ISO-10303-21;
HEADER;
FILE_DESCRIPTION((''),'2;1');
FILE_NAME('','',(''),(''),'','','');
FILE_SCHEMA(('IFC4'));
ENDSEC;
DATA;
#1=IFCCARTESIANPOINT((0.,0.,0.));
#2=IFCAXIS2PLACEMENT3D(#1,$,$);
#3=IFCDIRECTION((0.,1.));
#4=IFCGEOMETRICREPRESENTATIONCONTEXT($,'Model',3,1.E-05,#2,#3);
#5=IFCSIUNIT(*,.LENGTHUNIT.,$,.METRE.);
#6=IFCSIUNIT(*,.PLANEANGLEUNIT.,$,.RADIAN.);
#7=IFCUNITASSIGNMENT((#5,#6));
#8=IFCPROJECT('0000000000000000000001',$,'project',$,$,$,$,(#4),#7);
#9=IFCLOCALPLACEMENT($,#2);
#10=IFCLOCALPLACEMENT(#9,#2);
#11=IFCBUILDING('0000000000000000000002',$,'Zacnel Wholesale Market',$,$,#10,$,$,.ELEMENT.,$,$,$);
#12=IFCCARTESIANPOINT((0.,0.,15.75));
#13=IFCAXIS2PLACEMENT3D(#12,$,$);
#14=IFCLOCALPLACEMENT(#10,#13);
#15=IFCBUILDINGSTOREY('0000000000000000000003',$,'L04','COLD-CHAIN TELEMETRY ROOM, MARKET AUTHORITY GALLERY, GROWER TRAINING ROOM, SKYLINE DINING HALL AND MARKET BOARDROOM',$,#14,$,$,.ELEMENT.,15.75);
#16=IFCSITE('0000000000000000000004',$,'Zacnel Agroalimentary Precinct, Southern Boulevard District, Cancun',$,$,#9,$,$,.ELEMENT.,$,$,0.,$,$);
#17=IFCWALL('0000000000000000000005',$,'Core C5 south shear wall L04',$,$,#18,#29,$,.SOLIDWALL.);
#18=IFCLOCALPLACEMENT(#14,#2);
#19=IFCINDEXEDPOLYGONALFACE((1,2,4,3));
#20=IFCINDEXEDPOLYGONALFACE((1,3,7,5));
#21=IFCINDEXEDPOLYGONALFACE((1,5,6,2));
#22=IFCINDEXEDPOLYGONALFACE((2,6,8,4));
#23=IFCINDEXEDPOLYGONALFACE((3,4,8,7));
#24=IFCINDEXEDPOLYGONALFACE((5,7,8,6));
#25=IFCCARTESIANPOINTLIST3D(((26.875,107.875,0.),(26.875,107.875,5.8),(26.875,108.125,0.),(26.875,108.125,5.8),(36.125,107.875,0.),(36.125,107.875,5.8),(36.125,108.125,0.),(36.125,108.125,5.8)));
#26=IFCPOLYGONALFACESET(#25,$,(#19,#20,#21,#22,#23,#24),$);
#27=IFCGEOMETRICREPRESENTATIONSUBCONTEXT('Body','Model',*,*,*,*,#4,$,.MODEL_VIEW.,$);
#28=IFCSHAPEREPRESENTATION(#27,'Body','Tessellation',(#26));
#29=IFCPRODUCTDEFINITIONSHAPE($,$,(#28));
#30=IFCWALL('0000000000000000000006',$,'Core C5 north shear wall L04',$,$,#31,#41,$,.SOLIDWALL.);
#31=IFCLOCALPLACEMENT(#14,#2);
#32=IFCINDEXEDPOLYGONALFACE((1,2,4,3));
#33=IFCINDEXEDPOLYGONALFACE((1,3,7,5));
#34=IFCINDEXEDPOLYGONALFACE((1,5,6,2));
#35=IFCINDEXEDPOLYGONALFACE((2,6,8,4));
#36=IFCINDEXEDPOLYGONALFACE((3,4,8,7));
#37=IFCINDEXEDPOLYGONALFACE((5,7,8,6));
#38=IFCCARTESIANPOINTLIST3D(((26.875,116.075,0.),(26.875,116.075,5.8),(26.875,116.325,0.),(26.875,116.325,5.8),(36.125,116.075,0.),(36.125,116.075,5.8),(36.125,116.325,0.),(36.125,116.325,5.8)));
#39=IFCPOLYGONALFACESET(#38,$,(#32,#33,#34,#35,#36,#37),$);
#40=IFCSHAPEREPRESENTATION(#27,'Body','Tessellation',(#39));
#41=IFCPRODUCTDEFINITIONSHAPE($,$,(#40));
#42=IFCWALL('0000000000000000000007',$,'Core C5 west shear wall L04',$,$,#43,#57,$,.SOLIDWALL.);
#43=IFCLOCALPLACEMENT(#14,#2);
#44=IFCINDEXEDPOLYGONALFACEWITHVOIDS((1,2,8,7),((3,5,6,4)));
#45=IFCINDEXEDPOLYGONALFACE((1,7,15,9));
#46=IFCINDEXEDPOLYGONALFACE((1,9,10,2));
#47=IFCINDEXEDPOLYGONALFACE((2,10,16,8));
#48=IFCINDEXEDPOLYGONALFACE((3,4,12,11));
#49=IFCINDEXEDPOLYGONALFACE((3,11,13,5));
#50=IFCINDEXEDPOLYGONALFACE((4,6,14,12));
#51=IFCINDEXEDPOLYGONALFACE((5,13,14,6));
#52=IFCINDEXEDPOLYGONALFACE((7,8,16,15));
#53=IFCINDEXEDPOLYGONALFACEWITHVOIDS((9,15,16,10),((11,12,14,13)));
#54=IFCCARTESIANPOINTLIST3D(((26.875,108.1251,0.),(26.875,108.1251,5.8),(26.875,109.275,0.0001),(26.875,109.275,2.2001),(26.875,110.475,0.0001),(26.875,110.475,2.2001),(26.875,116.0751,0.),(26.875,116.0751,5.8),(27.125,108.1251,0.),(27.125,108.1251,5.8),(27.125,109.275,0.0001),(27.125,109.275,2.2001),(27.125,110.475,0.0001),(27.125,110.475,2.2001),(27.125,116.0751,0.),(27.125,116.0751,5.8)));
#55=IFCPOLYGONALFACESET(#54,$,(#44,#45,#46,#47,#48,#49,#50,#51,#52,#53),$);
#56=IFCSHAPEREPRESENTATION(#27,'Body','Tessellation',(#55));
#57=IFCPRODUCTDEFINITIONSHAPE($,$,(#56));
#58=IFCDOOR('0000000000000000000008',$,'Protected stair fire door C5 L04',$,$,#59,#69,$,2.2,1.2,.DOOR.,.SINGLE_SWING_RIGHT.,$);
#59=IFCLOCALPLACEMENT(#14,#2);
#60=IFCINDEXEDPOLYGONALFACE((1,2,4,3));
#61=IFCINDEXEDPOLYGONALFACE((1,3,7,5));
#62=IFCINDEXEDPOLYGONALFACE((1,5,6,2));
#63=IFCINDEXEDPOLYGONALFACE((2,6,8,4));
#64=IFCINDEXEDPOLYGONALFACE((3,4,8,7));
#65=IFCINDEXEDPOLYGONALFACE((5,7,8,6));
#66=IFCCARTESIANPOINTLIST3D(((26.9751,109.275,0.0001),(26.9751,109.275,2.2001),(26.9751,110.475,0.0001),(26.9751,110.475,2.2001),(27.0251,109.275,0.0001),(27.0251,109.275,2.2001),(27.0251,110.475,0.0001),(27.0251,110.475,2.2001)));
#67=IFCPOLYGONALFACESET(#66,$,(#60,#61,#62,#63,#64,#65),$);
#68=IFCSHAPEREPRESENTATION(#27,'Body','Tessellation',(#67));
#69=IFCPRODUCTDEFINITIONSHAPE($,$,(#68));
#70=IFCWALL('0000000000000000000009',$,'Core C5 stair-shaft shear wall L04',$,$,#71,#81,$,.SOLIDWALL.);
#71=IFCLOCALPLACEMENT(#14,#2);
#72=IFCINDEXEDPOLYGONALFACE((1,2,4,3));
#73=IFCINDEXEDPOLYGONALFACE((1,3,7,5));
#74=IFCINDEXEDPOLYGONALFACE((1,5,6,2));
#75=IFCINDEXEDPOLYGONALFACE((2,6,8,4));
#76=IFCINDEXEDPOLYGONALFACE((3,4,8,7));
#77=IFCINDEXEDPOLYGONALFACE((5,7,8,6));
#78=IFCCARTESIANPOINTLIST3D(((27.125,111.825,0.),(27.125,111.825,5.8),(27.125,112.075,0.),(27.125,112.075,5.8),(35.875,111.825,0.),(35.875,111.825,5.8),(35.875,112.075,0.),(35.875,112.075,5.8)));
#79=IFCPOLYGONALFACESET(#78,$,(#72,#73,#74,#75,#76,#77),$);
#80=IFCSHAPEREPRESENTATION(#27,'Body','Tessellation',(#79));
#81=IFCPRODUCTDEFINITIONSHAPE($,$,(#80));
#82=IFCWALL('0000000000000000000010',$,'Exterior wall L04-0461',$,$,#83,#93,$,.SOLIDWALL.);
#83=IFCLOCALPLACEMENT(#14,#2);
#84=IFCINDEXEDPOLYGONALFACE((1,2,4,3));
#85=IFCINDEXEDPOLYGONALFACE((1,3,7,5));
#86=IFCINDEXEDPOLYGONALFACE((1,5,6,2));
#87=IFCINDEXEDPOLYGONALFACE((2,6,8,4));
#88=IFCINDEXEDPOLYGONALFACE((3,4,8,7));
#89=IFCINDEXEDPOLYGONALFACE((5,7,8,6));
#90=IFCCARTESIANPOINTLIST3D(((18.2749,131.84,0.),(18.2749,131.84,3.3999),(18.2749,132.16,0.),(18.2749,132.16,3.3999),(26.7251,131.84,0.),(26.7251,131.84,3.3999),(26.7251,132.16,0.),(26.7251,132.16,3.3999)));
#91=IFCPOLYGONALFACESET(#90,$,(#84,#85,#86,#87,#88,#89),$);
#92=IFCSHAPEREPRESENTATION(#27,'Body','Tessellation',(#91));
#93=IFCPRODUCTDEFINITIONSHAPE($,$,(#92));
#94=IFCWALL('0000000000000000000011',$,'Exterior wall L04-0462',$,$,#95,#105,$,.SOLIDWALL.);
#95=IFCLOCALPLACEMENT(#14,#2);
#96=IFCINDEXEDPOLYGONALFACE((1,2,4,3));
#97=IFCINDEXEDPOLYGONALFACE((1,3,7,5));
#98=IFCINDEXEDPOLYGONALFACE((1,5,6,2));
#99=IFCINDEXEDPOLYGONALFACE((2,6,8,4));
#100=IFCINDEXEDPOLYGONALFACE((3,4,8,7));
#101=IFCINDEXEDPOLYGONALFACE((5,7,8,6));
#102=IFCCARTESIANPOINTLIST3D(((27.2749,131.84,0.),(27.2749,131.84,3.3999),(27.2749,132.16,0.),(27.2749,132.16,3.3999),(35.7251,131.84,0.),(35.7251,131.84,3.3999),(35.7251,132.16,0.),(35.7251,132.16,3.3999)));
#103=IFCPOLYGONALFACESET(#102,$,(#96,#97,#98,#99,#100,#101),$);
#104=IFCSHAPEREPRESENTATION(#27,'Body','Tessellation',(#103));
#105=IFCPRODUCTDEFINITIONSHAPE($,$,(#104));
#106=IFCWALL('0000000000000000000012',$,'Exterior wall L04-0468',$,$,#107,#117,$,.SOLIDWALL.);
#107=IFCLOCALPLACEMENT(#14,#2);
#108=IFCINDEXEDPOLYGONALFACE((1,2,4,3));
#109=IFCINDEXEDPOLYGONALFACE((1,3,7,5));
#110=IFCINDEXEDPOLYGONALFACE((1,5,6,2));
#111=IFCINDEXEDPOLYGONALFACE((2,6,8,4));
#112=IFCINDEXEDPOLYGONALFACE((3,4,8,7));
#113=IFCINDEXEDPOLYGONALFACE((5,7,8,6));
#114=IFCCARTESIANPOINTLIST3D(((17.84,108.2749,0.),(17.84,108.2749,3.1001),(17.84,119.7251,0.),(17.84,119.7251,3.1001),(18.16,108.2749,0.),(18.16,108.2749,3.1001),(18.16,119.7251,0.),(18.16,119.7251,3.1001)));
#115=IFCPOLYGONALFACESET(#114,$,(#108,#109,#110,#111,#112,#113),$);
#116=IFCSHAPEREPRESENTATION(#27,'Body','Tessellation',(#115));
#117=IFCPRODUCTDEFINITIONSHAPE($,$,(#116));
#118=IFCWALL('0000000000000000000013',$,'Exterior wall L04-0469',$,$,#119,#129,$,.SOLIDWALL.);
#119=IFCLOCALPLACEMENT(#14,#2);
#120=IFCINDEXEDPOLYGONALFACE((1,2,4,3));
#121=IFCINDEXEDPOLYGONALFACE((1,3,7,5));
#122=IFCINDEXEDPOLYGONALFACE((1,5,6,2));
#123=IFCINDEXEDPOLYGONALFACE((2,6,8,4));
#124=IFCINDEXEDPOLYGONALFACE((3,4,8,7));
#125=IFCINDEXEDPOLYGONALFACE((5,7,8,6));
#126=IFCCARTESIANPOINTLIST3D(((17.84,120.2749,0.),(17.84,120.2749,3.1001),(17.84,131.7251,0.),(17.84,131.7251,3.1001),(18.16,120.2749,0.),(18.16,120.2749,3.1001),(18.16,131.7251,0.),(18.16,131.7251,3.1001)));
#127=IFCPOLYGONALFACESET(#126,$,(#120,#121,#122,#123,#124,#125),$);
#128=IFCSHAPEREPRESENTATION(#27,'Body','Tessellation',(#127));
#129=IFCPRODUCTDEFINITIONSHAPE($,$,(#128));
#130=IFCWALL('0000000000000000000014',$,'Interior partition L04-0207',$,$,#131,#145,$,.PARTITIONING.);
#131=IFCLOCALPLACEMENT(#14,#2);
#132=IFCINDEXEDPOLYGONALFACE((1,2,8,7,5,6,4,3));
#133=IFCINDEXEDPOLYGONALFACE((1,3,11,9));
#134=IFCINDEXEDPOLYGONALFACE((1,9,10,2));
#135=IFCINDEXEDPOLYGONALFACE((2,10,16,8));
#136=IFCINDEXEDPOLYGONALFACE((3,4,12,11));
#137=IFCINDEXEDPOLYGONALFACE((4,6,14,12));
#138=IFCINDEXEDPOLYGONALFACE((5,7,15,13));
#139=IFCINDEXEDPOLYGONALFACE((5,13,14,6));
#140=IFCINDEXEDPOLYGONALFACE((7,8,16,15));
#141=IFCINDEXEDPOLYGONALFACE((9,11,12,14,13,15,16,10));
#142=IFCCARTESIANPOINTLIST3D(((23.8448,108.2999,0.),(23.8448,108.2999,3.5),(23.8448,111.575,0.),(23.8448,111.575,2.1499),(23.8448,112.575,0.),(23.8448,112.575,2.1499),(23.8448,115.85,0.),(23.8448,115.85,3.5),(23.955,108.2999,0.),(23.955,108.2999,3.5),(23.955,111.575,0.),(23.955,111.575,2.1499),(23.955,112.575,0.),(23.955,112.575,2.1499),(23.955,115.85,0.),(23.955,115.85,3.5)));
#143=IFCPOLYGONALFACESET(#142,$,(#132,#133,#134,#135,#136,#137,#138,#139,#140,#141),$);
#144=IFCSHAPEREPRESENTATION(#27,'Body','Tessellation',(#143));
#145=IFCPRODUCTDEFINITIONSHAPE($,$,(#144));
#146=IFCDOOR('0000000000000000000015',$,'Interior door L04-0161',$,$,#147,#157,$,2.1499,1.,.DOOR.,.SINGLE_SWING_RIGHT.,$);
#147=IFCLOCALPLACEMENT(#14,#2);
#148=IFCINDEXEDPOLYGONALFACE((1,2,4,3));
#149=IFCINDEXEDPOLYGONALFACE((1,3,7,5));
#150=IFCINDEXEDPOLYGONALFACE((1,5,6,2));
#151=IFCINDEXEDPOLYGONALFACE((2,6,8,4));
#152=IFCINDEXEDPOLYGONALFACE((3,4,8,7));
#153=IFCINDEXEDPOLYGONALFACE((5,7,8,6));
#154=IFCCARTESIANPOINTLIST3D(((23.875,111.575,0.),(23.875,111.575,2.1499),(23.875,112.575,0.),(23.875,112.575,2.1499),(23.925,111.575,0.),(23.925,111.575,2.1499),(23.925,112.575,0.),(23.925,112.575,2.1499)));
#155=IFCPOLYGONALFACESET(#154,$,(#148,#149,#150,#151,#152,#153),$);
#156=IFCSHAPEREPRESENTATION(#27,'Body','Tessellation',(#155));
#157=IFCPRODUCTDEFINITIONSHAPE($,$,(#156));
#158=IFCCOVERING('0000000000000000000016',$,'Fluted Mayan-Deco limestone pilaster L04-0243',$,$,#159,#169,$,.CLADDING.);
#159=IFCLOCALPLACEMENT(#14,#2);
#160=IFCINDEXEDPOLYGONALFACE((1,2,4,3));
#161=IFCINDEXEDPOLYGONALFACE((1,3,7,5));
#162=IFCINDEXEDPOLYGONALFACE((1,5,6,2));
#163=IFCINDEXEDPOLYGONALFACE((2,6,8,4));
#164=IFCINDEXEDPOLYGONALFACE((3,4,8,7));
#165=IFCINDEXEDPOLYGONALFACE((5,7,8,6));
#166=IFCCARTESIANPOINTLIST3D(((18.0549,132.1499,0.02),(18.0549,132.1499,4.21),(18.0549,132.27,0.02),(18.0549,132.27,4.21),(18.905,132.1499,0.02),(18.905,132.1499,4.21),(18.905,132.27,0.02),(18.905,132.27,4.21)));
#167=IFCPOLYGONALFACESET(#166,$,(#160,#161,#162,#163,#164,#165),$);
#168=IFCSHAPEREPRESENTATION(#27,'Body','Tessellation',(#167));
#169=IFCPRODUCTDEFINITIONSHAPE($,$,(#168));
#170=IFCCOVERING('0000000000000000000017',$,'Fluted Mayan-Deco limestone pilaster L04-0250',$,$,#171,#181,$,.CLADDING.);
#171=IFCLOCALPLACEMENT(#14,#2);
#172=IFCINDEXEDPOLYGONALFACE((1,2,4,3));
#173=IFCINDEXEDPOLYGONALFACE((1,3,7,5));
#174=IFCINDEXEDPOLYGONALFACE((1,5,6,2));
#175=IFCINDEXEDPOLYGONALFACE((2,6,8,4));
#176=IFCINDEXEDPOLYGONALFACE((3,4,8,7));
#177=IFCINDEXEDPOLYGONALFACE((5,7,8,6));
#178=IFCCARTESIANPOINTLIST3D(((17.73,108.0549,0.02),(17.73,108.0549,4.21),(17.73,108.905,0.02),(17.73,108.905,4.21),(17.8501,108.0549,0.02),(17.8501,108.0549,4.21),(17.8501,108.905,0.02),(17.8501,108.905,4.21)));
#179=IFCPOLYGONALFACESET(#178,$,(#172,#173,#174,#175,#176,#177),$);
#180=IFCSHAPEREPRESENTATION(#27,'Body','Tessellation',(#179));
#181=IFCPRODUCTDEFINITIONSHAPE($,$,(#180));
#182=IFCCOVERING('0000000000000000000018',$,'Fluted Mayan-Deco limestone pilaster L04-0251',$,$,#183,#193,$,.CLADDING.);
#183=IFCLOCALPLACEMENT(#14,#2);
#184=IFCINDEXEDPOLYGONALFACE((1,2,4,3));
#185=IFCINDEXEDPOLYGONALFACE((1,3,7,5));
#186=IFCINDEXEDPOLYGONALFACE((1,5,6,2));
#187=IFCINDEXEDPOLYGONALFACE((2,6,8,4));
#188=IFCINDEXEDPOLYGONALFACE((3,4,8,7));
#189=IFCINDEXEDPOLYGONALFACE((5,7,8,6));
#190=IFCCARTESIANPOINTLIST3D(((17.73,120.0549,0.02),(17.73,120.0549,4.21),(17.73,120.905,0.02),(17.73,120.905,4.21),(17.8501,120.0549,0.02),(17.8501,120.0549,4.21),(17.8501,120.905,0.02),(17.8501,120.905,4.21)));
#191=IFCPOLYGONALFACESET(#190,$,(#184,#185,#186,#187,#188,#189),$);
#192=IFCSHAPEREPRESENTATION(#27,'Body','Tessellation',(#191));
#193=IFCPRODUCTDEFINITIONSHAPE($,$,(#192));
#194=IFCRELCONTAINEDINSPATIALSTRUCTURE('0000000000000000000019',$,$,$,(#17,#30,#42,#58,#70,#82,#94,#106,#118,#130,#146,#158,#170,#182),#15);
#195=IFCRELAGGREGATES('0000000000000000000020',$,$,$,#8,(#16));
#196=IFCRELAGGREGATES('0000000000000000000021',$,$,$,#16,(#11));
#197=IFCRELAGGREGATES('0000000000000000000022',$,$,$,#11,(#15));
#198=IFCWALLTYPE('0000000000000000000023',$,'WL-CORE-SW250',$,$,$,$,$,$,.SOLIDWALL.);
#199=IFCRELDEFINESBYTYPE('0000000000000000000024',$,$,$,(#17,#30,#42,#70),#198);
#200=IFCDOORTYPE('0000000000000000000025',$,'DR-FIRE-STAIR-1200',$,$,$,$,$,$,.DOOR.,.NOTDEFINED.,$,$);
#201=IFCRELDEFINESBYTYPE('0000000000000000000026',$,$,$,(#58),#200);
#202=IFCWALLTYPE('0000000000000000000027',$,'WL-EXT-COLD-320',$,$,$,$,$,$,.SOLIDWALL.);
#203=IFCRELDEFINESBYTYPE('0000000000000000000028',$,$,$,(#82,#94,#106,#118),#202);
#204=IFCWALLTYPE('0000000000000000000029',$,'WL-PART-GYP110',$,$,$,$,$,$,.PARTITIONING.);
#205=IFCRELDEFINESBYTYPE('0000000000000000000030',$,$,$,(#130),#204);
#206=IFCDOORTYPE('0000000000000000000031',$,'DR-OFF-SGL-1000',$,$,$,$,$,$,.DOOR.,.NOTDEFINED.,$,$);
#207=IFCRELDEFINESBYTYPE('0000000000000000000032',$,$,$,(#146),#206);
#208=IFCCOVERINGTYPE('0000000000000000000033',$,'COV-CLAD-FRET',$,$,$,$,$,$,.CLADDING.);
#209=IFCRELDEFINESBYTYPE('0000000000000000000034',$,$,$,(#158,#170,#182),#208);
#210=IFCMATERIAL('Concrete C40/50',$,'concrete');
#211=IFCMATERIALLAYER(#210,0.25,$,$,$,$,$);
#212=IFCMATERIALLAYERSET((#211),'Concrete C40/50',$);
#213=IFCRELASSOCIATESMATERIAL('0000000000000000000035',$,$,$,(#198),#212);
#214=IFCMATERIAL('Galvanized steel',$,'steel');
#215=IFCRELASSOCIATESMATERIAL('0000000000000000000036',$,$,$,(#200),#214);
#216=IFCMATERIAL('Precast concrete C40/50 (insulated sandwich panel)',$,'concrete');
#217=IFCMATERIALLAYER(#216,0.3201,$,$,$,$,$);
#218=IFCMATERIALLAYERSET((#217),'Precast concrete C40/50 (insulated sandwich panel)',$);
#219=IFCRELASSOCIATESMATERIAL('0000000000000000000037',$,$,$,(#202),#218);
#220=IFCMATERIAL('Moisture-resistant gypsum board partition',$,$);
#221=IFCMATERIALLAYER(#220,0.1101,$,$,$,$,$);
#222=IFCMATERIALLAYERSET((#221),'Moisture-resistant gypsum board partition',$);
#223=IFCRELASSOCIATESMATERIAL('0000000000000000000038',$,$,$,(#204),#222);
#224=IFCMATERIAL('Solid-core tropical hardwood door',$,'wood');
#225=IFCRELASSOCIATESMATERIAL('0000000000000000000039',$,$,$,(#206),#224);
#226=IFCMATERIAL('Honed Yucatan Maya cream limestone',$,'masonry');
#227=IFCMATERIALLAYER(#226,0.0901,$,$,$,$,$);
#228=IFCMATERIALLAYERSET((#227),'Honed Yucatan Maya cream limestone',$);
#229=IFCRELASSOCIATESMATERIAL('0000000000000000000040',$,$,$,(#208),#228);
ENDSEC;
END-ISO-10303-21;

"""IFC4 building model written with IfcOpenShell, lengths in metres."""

from ifc_helpers import new_model, si_unit, direction, frame, frame_2d, origin, origin_2d, place, context, subcontext, project, spatial, rectangle, extrude, material, layer, layer_set, type_object, element, fill, save


model = new_model("IFC4")

# Units and contexts
model_context = context("Model", 3, precision=1e-05, world=origin(), true_north=direction((0.0, 1.0)))
body_context = subcontext(model_context, "Body", "Model", "MODEL_VIEW")
ifc_project = project(units=[si_unit("LENGTHUNIT", "METRE"), si_unit("PLANEANGLEUNIT", "RADIAN")], contexts=[model_context])

# Site, building, storey
site_placement = place(None, origin())
site = spatial("IfcSite", under=ifc_project, at=site_placement, Name="Zacnel Agroalimentary Precinct, Southern Boulevard District, Cancun", CompositionType="ELEMENT", RefElevation=0.0)
building_placement = place(site_placement, origin())
building = spatial("IfcBuilding", under=site, at=building_placement, Name="Zacnel Wholesale Market", CompositionType="ELEMENT")
storey_placement = place(building_placement, frame((0.0, 0.0, 15.75)))
storey = spatial("IfcBuildingStorey", under=building, at=storey_placement, Name="L04", Description="COLD-CHAIN TELEMETRY ROOM, MARKET AUTHORITY GALLERY, GROWER TRAINING ROOM, SKYLINE DINING HALL AND MARKET BOARDROOM", CompositionType="ELEMENT", Elevation=15.75)

# Walls
ifc_material_1 = material(Name="Concrete C40/50", Category="concrete")
ifc_layer_1 = layer(ifc_material_1, 0.25)
ifc_layer_set_1 = layer_set([ifc_layer_1], Name="Concrete C40/50")
wall_type_1 = type_object("IfcWallType", Name="WL-CORE-SW250", PredefinedType="SOLIDWALL", material=ifc_layer_set_1)
for number, where, z_axis, x_axis, name in (
    (1, (26.875, 108.0, 0.0), (0.0, 0.0, 1.0), (1.0, 0.0, 0.0), "Core C5 south shear wall L04"),
    (2, (26.875, 116.2, 0.0), (0.0, 0.0, 1.0), (1.0, 0.0, 0.0), "Core C5 north shear wall L04"),
):
    element("IfcWall", number, at=place(storey_placement, frame(where, z_axis=z_axis, x_axis=x_axis)), inside=storey, type_object=wall_type_1, Name=name, PredefinedType="SOLIDWALL", context=body_context, shape_type="SweptSolid", body=[
        extrude(rectangle(XDim=9.25, YDim=0.25, at=frame_2d((4.625, 0.0))), origin(), (0.0, 0.0, 1.0), 5.8),
    ])

# Wall, opening, door
wall_1_placement = place(storey_placement, frame((27.0, 108.125, 0.0), z_axis=(0.0, 0.0, 1.0), x_axis=(0.0, 1.0, 0.0)))
wall_1 = element("IfcWall", 3, at=wall_1_placement, inside=storey, type_object=wall_type_1, Name="Core C5 west shear wall L04", PredefinedType="SOLIDWALL", context=body_context, shape_type="SweptSolid", body=[
    extrude(rectangle(XDim=7.95, YDim=0.25, at=frame_2d((3.9751, 0.0))), origin(), (0.0, 0.0, 1.0), 5.8),
])
opening_1_placement = place(wall_1_placement, frame((1.1499, 0.0, 0.0)))
opening_1 = element("IfcOpeningElement", 4, at=opening_1_placement, cuts=wall_1, PredefinedType="OPENING", context=body_context, shape_type="SweptSolid", body=[
    extrude(rectangle(XDim=1.2, YDim=2.2, at=frame_2d((0.6001, 1.1001))), frame((0.0, 0.135, 0.0), z_axis=(0.0, -1.0, 0.0), x_axis=(1.0, 0.0, 0.0)), (0.0, 0.0, 1.0), 0.27),
])
ifc_material_2 = material(Name="Galvanized steel", Category="steel")
door_type_1 = type_object("IfcDoorType", Name="DR-FIRE-STAIR-1200", OperationType="NOTDEFINED", PredefinedType="DOOR", material=ifc_material_2)
door_1_placement = place(opening_1_placement, origin())
door_1 = element("IfcDoor", 5, at=door_1_placement, inside=storey, type_object=door_type_1, Name="Protected stair fire door C5 L04", OperationType="SINGLE_SWING_RIGHT", OverallHeight=2.2, OverallWidth=1.2, PredefinedType="DOOR", context=body_context, shape_type="SweptSolid", body=[
    extrude(rectangle(XDim=1.2, YDim=2.2, at=frame_2d((0.6001, 1.1001))), frame((0.0, 0.0249, 0.0), z_axis=(0.0, -1.0, 0.0), x_axis=(1.0, 0.0, 0.0)), (0.0, 0.0, 1.0), 0.05),
])
fill(opening_1, door_1)

# Walls
wall_2_placement = place(storey_placement, frame((27.125, 111.95, 0.0), z_axis=(0.0, 0.0, 1.0), x_axis=(1.0, 0.0, 0.0)))
element("IfcWall", 6, at=wall_2_placement, inside=storey, type_object=wall_type_1, Name="Core C5 stair-shaft shear wall L04", PredefinedType="SOLIDWALL", context=body_context, shape_type="SweptSolid", body=[
    extrude(rectangle(XDim=8.75, YDim=0.25, at=frame_2d((4.375, 0.0))), origin(), (0.0, 0.0, 1.0), 5.8),
])
ifc_material_3 = material(Name="Precast concrete C40/50 (insulated sandwich panel)", Category="concrete")
ifc_layer_2 = layer(ifc_material_3, 0.3201)
ifc_layer_set_2 = layer_set([ifc_layer_2], Name="Precast concrete C40/50 (insulated sandwich panel)")
wall_type_2 = type_object("IfcWallType", Name="WL-EXT-COLD-320", PredefinedType="SOLIDWALL", material=ifc_layer_set_2)
for number, where, z_axis, x_axis, name in (
    (7, (18.2749, 132.0, 0.0), (0.0, 0.0, 1.0), (1.0, 0.0, 0.0), "Exterior wall L04-0461"),
    (8, (27.2749, 132.0, 0.0), (0.0, 0.0, 1.0), (1.0, 0.0, 0.0), "Exterior wall L04-0462"),
):
    element("IfcWall", number, at=place(storey_placement, frame(where, z_axis=z_axis, x_axis=x_axis)), inside=storey, type_object=wall_type_2, Name=name, PredefinedType="SOLIDWALL", context=body_context, shape_type="SweptSolid", body=[
        extrude(rectangle(XDim=8.4502, YDim=0.3201, at=frame_2d((4.2251, 0.0))), origin(), (0.0, 0.0, 1.0), 3.3999),
    ])
for number, where, z_axis, x_axis, name in (
    (9, (18.0, 108.2749, 0.0), (0.0, 0.0, 1.0), (0.0, 1.0, 0.0), "Exterior wall L04-0468"),
    (10, (18.0, 120.2749, 0.0), (0.0, 0.0, 1.0), (0.0, 1.0, 0.0), "Exterior wall L04-0469"),
):
    element("IfcWall", number, at=place(storey_placement, frame(where, z_axis=z_axis, x_axis=x_axis)), inside=storey, type_object=wall_type_2, Name=name, PredefinedType="SOLIDWALL", context=body_context, shape_type="SweptSolid", body=[
        extrude(rectangle(XDim=11.4502, YDim=0.3201, at=frame_2d((5.7251, 0.0))), origin(), (0.0, 0.0, 1.0), 3.1001),
    ])

# Wall, opening, door
ifc_material_4 = material(Name="Moisture-resistant gypsum board partition")
ifc_layer_3 = layer(ifc_material_4, 0.1101)
ifc_layer_set_3 = layer_set([ifc_layer_3], Name="Moisture-resistant gypsum board partition")
wall_type_3 = type_object("IfcWallType", Name="WL-PART-GYP110", PredefinedType="PARTITIONING", material=ifc_layer_set_3)
wall_3_placement = place(storey_placement, frame((23.8999, 108.3, 0.0), z_axis=(0.0, 0.0, 1.0), x_axis=(0.0, 1.0, 0.0)))
wall_3 = element("IfcWall", 11, at=wall_3_placement, inside=storey, type_object=wall_type_3, Name="Interior partition L04-0207", PredefinedType="PARTITIONING", context=body_context, shape_type="SweptSolid", body=[
    extrude(rectangle(XDim=7.55, YDim=0.1101, at=frame_2d((3.7749, 0.0))), origin(), (0.0, 0.0, 1.0), 3.5),
])
opening_2_placement = place(wall_3_placement, frame((3.2749, 0.0, 0.0)))
opening_2 = element("IfcOpeningElement", 12, at=opening_2_placement, cuts=wall_3, PredefinedType="OPENING", context=body_context, shape_type="SweptSolid", body=[
    extrude(rectangle(XDim=1.0, YDim=2.1499, at=frame_2d((0.5, 1.075))), frame((0.0, 0.0649, 0.0), z_axis=(0.0, -1.0, 0.0), x_axis=(1.0, 0.0, 0.0)), (0.0, 0.0, 1.0), 0.1301),
])
ifc_material_5 = material(Name="Solid-core tropical hardwood door", Category="wood")
door_type_2 = type_object("IfcDoorType", Name="DR-OFF-SGL-1000", OperationType="NOTDEFINED", PredefinedType="DOOR", material=ifc_material_5)
door_2_placement = place(opening_2_placement, origin())
door_2 = element("IfcDoor", 13, at=door_2_placement, inside=storey, type_object=door_type_2, Name="Interior door L04-0161", OperationType="SINGLE_SWING_RIGHT", OverallHeight=2.1499, OverallWidth=1.0, PredefinedType="DOOR", context=body_context, shape_type="SweptSolid", body=[
    extrude(rectangle(XDim=1.0, YDim=2.1499, at=frame_2d((0.5, 1.075))), frame((0.0, 0.0249, 0.0), z_axis=(0.0, -1.0, 0.0), x_axis=(1.0, 0.0, 0.0)), (0.0, 0.0, 1.0), 0.05),
])
fill(opening_2, door_2)

# Coverings
ifc_material_6 = material(Name="Honed Yucatan Maya cream limestone", Category="masonry")
ifc_layer_4 = layer(ifc_material_6, 0.0901)
ifc_layer_set_4 = layer_set([ifc_layer_4], Name="Honed Yucatan Maya cream limestone")
covering_type = type_object("IfcCoveringType", Name="COV-CLAD-FRET", PredefinedType="CLADDING", material=ifc_layer_set_4)
for number, where, z_axis, x_axis, name in (
    (14, (18.48, 132.21, 0.02), (0.0, 0.0, 1.0), (1.0, 0.0, 0.0), "Fluted Mayan-Deco limestone pilaster L04-0243"),
    (15, (17.79, 108.48, 0.02), (0.0, 0.0, 1.0), (0.0, 1.0, 0.0), "Fluted Mayan-Deco limestone pilaster L04-0250"),
    (16, (17.79, 120.48, 0.02), (0.0, 0.0, 1.0), (0.0, 1.0, 0.0), "Fluted Mayan-Deco limestone pilaster L04-0251"),
):
    element("IfcCovering", number, at=place(storey_placement, frame(where, z_axis=z_axis, x_axis=x_axis)), inside=storey, type_object=covering_type, Name=name, PredefinedType="CLADDING", context=body_context, shape_type="SweptSolid", body=[
        extrude(rectangle(XDim=0.8501, YDim=0.1201, at=origin_2d()), origin(), (0.0, 0.0, 1.0), 4.1899),
    ])

save(model, "model.ifc")
